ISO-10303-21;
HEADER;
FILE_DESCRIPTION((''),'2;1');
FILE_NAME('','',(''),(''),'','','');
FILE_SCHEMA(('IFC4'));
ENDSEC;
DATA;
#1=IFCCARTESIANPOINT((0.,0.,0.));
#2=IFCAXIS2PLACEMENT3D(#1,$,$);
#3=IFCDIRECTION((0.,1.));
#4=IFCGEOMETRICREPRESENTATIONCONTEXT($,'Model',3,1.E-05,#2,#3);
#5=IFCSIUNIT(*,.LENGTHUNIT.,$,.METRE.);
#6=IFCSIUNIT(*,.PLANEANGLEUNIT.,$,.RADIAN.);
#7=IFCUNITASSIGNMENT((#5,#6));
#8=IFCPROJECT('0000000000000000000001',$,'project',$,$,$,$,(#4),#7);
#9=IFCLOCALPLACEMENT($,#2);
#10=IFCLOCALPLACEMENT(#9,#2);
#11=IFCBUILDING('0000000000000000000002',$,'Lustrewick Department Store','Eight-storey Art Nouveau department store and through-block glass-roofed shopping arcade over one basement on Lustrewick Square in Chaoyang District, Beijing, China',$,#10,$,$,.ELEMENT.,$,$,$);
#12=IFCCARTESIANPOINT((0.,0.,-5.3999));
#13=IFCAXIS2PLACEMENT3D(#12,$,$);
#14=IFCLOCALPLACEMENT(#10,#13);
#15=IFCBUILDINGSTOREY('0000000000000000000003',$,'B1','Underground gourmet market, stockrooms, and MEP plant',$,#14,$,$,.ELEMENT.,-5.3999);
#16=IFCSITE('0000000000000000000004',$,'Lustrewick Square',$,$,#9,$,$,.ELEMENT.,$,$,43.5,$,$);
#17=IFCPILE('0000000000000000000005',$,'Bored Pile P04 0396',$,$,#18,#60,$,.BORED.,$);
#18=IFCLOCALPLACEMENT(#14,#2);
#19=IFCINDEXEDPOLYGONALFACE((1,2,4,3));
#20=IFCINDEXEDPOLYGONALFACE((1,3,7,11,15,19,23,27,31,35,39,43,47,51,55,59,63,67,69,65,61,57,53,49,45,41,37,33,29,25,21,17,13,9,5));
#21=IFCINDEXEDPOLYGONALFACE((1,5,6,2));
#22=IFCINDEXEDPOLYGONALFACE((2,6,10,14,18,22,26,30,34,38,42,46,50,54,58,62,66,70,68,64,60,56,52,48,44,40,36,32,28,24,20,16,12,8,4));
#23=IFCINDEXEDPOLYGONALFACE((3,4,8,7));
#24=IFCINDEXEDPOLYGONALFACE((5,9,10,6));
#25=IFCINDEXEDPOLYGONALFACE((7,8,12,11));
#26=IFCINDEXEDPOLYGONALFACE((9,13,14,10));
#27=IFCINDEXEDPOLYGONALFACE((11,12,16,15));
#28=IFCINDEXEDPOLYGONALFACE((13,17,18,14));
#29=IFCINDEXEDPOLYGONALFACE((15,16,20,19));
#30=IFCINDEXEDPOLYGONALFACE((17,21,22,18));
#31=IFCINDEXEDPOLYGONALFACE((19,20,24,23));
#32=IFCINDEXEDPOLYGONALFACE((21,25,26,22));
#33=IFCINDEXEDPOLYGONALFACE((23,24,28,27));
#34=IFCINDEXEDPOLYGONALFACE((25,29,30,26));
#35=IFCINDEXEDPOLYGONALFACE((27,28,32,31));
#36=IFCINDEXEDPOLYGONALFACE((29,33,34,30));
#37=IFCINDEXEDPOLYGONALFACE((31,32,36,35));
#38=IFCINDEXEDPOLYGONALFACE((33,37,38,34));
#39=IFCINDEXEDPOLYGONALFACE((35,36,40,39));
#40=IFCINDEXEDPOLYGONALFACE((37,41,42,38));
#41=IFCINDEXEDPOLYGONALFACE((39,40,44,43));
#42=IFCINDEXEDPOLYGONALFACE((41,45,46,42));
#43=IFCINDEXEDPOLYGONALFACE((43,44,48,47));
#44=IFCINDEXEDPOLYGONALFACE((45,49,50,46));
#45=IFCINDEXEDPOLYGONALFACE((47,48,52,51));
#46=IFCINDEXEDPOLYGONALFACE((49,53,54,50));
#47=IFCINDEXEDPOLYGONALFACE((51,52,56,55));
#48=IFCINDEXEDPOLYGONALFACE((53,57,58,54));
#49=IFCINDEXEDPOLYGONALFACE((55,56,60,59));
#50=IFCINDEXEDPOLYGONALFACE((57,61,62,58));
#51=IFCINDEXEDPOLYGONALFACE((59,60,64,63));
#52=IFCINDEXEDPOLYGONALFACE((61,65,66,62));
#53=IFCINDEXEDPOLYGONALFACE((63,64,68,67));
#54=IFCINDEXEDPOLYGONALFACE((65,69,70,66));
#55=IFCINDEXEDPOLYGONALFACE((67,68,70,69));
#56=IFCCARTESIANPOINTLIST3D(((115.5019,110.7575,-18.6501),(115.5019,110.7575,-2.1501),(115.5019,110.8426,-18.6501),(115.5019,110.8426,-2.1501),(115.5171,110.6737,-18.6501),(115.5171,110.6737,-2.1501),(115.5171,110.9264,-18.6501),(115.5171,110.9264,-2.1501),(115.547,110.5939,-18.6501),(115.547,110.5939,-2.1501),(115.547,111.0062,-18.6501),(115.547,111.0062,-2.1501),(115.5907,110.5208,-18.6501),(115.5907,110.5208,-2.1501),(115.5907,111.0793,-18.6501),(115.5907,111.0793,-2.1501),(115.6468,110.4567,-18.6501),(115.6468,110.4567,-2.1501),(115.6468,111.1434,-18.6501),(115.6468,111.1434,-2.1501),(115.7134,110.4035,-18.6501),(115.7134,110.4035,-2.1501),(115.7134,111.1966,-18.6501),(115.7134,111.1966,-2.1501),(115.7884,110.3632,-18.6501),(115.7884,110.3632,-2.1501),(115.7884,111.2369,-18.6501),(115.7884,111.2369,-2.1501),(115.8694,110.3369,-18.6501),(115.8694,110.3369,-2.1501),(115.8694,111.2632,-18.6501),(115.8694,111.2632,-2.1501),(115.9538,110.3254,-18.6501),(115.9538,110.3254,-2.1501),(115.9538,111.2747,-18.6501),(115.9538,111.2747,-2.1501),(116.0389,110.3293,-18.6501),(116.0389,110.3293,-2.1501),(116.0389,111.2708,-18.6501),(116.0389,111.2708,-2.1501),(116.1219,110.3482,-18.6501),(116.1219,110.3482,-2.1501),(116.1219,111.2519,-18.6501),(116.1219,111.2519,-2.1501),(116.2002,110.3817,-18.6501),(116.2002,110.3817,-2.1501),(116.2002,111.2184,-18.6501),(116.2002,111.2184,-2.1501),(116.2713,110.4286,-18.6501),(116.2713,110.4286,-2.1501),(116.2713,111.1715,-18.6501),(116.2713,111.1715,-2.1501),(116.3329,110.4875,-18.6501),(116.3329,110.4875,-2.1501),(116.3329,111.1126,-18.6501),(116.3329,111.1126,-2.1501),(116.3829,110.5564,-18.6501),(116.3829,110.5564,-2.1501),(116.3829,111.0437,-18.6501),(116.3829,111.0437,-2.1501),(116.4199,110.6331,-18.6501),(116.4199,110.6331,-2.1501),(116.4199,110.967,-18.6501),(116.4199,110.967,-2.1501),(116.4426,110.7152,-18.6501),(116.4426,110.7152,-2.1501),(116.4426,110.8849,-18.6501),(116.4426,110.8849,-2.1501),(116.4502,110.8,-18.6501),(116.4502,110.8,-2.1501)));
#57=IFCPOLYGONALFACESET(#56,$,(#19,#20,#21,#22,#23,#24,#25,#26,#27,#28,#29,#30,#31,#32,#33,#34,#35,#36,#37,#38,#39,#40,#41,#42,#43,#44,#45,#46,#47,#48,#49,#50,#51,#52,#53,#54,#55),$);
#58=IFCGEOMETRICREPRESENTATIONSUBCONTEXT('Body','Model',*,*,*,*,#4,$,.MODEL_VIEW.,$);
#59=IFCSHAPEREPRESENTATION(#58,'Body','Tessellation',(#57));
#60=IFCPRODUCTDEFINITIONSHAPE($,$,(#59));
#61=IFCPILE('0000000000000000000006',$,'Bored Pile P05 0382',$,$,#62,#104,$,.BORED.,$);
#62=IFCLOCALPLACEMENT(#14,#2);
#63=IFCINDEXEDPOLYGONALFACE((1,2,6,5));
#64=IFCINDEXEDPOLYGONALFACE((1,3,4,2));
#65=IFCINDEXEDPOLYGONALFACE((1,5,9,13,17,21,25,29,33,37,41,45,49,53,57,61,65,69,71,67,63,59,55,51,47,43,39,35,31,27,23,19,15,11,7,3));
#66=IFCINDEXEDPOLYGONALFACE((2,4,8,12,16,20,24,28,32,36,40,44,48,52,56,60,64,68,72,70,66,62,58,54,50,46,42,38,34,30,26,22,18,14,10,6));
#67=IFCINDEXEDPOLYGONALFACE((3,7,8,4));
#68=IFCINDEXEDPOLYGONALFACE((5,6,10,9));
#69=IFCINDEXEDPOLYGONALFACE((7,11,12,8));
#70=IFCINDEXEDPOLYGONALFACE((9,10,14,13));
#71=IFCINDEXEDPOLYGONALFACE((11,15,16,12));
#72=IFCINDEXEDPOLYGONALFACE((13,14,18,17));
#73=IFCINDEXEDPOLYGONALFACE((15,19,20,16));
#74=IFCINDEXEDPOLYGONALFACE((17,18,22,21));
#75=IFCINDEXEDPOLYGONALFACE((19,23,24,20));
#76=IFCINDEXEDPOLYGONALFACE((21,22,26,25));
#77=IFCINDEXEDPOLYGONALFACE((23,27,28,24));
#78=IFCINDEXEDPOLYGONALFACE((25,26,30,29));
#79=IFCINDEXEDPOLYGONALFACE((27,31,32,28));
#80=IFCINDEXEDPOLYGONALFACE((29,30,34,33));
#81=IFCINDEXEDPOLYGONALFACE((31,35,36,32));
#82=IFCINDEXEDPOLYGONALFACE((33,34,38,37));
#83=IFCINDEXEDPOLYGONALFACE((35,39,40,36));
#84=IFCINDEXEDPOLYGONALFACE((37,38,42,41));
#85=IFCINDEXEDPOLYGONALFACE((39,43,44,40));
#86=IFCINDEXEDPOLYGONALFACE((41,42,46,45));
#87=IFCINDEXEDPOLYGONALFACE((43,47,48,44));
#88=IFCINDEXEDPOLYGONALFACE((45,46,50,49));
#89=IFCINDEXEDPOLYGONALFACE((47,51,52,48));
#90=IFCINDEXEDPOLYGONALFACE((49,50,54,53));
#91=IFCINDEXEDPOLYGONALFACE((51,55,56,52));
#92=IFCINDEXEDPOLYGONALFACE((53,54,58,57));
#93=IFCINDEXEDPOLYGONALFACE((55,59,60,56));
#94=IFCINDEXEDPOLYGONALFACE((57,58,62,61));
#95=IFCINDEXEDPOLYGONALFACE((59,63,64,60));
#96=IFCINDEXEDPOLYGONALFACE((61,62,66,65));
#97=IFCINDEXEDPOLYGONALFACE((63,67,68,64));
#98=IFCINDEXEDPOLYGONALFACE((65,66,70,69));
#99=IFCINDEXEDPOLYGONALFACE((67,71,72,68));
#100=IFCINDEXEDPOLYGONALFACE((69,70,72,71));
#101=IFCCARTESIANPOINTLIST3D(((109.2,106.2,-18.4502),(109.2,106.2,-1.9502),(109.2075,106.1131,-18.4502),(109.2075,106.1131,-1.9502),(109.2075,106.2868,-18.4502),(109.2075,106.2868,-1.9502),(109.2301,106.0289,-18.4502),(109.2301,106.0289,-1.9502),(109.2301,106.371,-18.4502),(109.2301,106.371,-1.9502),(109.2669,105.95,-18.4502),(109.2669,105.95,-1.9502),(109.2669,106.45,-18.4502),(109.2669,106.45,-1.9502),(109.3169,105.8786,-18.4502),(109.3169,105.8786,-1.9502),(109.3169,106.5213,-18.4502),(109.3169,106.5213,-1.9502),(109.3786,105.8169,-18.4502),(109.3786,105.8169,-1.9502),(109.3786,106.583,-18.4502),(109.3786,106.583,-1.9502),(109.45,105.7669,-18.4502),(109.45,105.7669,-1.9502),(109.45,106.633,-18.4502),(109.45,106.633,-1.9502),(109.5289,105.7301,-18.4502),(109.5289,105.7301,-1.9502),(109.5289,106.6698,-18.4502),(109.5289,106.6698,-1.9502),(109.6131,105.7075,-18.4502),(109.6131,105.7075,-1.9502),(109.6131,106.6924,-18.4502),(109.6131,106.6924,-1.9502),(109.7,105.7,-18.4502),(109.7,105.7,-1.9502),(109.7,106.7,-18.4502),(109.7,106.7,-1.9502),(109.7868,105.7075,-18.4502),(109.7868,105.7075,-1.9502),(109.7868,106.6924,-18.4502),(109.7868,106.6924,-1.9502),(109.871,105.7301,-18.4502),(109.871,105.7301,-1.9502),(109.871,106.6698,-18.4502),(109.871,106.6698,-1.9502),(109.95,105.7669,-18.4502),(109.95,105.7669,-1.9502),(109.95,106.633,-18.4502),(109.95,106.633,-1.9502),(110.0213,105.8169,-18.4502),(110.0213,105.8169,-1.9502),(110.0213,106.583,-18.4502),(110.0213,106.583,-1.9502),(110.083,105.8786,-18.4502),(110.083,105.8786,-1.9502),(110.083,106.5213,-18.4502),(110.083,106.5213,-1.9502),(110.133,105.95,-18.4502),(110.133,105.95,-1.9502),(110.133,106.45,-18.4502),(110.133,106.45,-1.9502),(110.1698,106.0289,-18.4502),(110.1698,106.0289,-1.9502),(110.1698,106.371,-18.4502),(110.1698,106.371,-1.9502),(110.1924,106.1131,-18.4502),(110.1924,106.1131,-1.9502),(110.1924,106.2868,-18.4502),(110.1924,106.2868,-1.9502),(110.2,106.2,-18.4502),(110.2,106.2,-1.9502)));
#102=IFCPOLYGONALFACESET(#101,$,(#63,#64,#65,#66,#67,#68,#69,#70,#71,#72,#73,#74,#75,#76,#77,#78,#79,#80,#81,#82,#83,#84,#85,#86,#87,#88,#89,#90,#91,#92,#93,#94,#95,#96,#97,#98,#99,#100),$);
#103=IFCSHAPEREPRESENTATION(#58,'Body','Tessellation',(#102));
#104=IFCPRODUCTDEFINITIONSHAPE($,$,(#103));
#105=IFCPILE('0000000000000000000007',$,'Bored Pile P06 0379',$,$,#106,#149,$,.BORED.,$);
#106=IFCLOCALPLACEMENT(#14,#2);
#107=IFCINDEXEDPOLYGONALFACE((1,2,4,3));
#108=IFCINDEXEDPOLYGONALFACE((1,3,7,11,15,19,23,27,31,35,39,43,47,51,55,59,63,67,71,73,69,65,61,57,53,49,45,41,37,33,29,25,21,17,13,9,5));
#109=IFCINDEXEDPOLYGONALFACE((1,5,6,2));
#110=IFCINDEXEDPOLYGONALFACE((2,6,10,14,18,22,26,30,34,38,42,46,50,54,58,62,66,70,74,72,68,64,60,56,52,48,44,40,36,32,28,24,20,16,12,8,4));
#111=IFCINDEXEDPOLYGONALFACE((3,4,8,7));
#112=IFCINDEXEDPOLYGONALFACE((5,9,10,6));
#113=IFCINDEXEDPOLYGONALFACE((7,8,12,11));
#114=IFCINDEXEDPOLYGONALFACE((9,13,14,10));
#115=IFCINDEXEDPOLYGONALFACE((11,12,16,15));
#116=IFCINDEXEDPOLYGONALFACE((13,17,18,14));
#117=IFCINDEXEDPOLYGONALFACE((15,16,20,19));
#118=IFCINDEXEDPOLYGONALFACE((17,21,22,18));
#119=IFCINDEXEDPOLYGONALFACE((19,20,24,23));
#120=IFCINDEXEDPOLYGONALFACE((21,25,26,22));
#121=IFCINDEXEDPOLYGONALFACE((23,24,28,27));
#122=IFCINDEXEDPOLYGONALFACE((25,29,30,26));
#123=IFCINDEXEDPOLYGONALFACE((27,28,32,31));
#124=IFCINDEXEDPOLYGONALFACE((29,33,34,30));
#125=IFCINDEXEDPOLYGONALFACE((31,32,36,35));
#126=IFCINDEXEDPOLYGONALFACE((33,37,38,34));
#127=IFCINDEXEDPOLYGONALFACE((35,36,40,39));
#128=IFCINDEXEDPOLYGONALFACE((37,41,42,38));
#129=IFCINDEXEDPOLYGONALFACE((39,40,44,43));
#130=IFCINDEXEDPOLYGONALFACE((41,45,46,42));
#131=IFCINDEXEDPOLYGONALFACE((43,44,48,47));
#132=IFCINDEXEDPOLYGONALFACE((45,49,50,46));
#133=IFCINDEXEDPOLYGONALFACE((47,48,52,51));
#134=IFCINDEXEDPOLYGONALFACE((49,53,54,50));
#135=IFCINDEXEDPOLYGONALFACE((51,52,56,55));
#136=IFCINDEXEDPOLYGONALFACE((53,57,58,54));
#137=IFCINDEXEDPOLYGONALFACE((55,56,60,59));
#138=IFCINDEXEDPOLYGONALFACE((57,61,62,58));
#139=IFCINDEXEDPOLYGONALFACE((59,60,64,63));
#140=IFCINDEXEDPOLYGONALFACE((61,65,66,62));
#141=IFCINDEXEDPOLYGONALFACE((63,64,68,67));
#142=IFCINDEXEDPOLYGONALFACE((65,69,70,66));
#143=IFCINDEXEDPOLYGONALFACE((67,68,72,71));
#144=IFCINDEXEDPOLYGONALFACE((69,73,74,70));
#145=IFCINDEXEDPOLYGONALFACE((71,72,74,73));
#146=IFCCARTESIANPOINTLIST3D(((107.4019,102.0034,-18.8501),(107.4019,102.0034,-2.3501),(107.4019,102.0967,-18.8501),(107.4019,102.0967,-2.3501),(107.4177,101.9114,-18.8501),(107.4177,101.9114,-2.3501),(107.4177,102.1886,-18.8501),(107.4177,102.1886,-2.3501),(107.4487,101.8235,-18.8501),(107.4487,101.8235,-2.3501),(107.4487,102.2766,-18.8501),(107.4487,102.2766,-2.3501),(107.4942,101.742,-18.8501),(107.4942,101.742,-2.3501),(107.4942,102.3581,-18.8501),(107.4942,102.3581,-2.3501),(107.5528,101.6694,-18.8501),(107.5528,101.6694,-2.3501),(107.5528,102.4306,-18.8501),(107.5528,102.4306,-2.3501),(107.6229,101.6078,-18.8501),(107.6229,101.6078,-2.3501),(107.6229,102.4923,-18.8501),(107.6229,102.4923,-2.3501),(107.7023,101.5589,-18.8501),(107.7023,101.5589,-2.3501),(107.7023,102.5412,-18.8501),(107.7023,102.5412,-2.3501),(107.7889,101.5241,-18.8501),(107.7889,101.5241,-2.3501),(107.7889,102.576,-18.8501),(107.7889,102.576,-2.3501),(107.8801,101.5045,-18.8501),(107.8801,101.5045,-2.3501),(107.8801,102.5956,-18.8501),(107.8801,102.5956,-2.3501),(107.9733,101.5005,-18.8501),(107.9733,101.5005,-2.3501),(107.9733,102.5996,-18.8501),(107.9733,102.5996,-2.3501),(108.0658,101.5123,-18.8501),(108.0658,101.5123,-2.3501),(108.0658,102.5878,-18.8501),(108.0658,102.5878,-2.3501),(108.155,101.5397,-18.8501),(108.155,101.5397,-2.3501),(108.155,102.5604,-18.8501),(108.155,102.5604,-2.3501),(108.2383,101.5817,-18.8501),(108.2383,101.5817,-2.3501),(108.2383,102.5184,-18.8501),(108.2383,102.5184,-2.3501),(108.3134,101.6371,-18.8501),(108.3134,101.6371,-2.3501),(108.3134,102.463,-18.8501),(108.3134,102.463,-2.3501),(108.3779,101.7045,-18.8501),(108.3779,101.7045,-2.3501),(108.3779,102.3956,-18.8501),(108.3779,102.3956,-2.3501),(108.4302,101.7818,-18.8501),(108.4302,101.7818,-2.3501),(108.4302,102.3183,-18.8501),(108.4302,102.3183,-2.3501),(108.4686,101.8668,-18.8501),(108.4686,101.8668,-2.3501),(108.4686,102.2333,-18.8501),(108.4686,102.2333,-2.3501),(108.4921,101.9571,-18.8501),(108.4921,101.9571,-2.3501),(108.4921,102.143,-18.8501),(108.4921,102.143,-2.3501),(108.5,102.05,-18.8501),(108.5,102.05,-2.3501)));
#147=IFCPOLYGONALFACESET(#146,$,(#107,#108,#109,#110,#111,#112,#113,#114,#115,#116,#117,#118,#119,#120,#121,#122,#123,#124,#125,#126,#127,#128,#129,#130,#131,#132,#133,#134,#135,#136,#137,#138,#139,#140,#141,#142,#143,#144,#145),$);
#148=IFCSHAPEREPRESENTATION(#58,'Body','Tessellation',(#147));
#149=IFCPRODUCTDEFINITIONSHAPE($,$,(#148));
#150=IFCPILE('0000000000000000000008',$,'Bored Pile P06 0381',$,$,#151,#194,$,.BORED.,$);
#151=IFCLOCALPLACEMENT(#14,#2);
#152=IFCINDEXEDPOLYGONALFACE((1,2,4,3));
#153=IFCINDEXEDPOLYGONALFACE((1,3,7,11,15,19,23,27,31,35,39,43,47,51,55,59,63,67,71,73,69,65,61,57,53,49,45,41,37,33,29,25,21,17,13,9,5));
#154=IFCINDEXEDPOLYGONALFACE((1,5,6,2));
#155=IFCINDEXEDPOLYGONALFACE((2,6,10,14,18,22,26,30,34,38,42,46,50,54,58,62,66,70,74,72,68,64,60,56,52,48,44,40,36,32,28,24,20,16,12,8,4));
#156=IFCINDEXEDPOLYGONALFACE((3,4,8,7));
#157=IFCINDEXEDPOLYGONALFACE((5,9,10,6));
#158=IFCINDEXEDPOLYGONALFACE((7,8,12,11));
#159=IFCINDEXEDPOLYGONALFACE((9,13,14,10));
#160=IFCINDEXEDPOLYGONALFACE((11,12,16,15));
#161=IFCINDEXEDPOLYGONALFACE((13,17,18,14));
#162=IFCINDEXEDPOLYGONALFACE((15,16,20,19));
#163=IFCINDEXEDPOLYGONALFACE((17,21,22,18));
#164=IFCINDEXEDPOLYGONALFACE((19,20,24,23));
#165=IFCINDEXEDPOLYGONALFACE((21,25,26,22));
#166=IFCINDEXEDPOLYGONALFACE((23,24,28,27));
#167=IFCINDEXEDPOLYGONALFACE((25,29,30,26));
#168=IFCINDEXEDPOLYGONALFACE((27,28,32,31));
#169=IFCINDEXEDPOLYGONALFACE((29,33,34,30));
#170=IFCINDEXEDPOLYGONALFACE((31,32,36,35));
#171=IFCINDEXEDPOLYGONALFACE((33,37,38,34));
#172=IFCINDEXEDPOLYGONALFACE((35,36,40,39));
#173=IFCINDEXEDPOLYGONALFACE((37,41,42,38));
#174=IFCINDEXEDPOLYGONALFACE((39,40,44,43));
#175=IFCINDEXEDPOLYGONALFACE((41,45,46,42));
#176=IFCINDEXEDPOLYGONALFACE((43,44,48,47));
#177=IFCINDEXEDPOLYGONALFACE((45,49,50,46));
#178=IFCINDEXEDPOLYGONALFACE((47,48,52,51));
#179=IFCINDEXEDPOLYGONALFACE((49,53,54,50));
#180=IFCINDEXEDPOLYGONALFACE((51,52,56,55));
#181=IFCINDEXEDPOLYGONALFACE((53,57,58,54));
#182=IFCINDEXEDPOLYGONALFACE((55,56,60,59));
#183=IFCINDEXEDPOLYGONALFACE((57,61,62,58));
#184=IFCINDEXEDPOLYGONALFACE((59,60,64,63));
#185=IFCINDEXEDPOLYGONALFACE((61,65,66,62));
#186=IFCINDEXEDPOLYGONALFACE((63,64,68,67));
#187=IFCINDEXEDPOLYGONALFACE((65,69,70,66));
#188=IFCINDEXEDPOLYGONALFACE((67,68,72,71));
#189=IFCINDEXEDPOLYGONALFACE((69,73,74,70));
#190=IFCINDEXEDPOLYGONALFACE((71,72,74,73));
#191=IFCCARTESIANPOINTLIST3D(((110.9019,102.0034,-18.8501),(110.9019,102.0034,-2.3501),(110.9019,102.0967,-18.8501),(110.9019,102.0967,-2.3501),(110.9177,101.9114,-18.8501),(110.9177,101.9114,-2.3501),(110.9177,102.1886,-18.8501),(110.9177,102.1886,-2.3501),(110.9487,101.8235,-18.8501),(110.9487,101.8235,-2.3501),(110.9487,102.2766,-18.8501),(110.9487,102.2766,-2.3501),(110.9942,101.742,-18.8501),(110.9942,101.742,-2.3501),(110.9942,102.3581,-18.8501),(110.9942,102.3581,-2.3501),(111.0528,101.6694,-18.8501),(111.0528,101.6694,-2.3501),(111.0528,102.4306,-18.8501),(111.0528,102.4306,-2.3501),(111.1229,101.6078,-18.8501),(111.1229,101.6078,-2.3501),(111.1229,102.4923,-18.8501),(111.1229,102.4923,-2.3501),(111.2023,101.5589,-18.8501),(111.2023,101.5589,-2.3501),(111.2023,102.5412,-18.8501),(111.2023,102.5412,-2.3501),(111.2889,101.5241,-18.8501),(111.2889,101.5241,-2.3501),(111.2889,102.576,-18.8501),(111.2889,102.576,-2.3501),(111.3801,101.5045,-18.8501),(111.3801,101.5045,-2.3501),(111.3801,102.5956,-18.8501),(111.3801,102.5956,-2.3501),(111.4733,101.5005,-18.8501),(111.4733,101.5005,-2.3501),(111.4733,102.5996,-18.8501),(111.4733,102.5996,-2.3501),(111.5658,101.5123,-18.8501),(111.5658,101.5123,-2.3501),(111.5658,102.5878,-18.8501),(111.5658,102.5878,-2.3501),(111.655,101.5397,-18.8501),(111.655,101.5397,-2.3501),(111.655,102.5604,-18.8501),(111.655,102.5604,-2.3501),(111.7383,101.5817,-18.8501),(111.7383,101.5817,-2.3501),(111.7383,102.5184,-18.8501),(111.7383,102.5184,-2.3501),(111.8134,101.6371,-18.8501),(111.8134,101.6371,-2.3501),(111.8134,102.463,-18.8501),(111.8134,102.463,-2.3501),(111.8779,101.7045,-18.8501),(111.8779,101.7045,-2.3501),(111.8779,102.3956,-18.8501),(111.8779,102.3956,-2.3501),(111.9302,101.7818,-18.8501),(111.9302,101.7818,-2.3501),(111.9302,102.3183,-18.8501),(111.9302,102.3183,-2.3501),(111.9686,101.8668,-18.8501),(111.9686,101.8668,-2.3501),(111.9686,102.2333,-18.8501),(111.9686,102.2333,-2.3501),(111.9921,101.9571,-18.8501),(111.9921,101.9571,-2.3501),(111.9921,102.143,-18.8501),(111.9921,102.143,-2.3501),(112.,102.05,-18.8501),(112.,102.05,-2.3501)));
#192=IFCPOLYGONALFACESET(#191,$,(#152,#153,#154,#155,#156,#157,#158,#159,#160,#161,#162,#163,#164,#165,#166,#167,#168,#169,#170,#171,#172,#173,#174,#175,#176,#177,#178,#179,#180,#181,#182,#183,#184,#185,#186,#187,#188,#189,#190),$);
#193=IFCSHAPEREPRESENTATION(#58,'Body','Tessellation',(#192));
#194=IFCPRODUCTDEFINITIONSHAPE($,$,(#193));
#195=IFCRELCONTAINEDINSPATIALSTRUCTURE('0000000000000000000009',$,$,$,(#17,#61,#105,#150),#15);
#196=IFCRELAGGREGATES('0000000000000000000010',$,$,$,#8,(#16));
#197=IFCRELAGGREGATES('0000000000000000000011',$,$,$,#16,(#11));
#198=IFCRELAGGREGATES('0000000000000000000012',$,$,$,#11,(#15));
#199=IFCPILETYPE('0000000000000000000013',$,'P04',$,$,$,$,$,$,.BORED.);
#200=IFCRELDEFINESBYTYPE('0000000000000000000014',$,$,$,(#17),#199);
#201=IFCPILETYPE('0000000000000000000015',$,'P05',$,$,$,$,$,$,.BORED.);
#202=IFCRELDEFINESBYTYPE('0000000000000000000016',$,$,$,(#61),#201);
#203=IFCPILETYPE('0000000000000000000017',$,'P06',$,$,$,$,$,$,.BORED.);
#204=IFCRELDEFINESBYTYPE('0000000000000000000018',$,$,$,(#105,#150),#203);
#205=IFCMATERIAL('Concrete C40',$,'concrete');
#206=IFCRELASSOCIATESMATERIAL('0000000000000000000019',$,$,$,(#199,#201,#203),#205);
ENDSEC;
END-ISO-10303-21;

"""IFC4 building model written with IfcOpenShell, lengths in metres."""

from ifc_helpers import new_model, si_unit, direction, frame, origin, origin_2d, place, context, subcontext, project, spatial, circle, extrude, material, material_profile, profile_set, type_object, element, save


model = new_model("IFC4")

# Units and contexts
model_context = context("Model", 3, precision=1e-05, world=origin(), true_north=direction((0.0, 1.0)))
body_context = subcontext(model_context, "Body", "Model", "MODEL_VIEW")
ifc_project = project(units=[si_unit("LENGTHUNIT", "METRE"), si_unit("PLANEANGLEUNIT", "RADIAN")], contexts=[model_context])

# Site, building, storey
site_placement = place(None, origin())
site = spatial("IfcSite", under=ifc_project, at=site_placement, Name="Lustrewick Square", CompositionType="ELEMENT", RefElevation=43.5)
building_placement = place(site_placement, origin())
building = spatial("IfcBuilding", under=site, at=building_placement, Name="Lustrewick Department Store", Description="Eight-storey Art Nouveau department store and through-block glass-roofed shopping arcade over one basement on Lustrewick Square in Chaoyang District, Beijing, China", CompositionType="ELEMENT")
storey_placement = place(building_placement, frame((0.0, 0.0, -5.3999)))
storey = spatial("IfcBuildingStorey", under=building, at=storey_placement, Name="B1", Description="Underground gourmet market, stockrooms, and MEP plant", CompositionType="ELEMENT", Elevation=-5.3999)

# Piles
ifc_material_1 = material(Name="Concrete C40", Category="concrete")
ifc_material_profile_1 = material_profile(ifc_material_1, circle(Radius=0.4751, at=origin_2d()), Name="PILE D950")
ifc_profile_set_1 = profile_set([ifc_material_profile_1], Name="Concrete C40")
pile_type_1 = type_object("IfcPileType", Name="P04", PredefinedType="BORED", material=ifc_profile_set_1)
for number, where, z_axis, x_axis, name in (
    (1, (115.9751, 110.8, -2.1501), (0.0, 0.0, -1.0), (1.0, 0.0, 0.0), "Bored Pile P04 0396"),
):
    element("IfcPile", number, at=place(storey_placement, frame(where, z_axis=z_axis, x_axis=x_axis)), inside=storey, type_object=pile_type_1, Name=name, PredefinedType="BORED", context=body_context, shape_type="SweptSolid", body=[
        extrude(circle(Radius=0.4751, at=origin_2d()), origin(), (0.0, 0.0, 1.0), 16.5),
    ])
ifc_material_profile_2 = material_profile(ifc_material_1, circle(Radius=0.5, at=origin_2d()), Name="PILE D1000")
ifc_profile_set_2 = profile_set([ifc_material_profile_2], Name="Concrete C40")
pile_type_2 = type_object("IfcPileType", Name="P05", PredefinedType="BORED", material=ifc_profile_set_2)
pile_1_placement = place(storey_placement, frame((109.7, 106.2, -1.9502), z_axis=(0.0, 0.0, -1.0), x_axis=(1.0, 0.0, 0.0)))
element("IfcPile", 2, at=pile_1_placement, inside=storey, type_object=pile_type_2, Name="Bored Pile P05 0382", PredefinedType="BORED", context=body_context, shape_type="SweptSolid", body=[
    extrude(circle(Radius=0.5, at=origin_2d()), origin(), (0.0, 0.0, 1.0), 16.5),
])
ifc_material_profile_3 = material_profile(ifc_material_1, circle(Radius=0.55, at=origin_2d()), Name="PILE D1100")
ifc_profile_set_3 = profile_set([ifc_material_profile_3], Name="Concrete C40")
pile_type_3 = type_object("IfcPileType", Name="P06", PredefinedType="BORED", material=ifc_profile_set_3)
for number, where, z_axis, x_axis, name in (
    (3, (107.95, 102.05, -2.3501), (0.0, 0.0, -1.0), (1.0, 0.0, 0.0), "Bored Pile P06 0379"),
    (4, (111.45, 102.05, -2.3501), (0.0, 0.0, -1.0), (1.0, 0.0, 0.0), "Bored Pile P06 0381"),
):
    element("IfcPile", number, at=place(storey_placement, frame(where, z_axis=z_axis, x_axis=x_axis)), inside=storey, type_object=pile_type_3, Name=name, PredefinedType="BORED", context=body_context, shape_type="SweptSolid", body=[
        extrude(circle(Radius=0.55, at=origin_2d()), origin(), (0.0, 0.0, 1.0), 16.5),
    ])

save(model, "model.ifc")
